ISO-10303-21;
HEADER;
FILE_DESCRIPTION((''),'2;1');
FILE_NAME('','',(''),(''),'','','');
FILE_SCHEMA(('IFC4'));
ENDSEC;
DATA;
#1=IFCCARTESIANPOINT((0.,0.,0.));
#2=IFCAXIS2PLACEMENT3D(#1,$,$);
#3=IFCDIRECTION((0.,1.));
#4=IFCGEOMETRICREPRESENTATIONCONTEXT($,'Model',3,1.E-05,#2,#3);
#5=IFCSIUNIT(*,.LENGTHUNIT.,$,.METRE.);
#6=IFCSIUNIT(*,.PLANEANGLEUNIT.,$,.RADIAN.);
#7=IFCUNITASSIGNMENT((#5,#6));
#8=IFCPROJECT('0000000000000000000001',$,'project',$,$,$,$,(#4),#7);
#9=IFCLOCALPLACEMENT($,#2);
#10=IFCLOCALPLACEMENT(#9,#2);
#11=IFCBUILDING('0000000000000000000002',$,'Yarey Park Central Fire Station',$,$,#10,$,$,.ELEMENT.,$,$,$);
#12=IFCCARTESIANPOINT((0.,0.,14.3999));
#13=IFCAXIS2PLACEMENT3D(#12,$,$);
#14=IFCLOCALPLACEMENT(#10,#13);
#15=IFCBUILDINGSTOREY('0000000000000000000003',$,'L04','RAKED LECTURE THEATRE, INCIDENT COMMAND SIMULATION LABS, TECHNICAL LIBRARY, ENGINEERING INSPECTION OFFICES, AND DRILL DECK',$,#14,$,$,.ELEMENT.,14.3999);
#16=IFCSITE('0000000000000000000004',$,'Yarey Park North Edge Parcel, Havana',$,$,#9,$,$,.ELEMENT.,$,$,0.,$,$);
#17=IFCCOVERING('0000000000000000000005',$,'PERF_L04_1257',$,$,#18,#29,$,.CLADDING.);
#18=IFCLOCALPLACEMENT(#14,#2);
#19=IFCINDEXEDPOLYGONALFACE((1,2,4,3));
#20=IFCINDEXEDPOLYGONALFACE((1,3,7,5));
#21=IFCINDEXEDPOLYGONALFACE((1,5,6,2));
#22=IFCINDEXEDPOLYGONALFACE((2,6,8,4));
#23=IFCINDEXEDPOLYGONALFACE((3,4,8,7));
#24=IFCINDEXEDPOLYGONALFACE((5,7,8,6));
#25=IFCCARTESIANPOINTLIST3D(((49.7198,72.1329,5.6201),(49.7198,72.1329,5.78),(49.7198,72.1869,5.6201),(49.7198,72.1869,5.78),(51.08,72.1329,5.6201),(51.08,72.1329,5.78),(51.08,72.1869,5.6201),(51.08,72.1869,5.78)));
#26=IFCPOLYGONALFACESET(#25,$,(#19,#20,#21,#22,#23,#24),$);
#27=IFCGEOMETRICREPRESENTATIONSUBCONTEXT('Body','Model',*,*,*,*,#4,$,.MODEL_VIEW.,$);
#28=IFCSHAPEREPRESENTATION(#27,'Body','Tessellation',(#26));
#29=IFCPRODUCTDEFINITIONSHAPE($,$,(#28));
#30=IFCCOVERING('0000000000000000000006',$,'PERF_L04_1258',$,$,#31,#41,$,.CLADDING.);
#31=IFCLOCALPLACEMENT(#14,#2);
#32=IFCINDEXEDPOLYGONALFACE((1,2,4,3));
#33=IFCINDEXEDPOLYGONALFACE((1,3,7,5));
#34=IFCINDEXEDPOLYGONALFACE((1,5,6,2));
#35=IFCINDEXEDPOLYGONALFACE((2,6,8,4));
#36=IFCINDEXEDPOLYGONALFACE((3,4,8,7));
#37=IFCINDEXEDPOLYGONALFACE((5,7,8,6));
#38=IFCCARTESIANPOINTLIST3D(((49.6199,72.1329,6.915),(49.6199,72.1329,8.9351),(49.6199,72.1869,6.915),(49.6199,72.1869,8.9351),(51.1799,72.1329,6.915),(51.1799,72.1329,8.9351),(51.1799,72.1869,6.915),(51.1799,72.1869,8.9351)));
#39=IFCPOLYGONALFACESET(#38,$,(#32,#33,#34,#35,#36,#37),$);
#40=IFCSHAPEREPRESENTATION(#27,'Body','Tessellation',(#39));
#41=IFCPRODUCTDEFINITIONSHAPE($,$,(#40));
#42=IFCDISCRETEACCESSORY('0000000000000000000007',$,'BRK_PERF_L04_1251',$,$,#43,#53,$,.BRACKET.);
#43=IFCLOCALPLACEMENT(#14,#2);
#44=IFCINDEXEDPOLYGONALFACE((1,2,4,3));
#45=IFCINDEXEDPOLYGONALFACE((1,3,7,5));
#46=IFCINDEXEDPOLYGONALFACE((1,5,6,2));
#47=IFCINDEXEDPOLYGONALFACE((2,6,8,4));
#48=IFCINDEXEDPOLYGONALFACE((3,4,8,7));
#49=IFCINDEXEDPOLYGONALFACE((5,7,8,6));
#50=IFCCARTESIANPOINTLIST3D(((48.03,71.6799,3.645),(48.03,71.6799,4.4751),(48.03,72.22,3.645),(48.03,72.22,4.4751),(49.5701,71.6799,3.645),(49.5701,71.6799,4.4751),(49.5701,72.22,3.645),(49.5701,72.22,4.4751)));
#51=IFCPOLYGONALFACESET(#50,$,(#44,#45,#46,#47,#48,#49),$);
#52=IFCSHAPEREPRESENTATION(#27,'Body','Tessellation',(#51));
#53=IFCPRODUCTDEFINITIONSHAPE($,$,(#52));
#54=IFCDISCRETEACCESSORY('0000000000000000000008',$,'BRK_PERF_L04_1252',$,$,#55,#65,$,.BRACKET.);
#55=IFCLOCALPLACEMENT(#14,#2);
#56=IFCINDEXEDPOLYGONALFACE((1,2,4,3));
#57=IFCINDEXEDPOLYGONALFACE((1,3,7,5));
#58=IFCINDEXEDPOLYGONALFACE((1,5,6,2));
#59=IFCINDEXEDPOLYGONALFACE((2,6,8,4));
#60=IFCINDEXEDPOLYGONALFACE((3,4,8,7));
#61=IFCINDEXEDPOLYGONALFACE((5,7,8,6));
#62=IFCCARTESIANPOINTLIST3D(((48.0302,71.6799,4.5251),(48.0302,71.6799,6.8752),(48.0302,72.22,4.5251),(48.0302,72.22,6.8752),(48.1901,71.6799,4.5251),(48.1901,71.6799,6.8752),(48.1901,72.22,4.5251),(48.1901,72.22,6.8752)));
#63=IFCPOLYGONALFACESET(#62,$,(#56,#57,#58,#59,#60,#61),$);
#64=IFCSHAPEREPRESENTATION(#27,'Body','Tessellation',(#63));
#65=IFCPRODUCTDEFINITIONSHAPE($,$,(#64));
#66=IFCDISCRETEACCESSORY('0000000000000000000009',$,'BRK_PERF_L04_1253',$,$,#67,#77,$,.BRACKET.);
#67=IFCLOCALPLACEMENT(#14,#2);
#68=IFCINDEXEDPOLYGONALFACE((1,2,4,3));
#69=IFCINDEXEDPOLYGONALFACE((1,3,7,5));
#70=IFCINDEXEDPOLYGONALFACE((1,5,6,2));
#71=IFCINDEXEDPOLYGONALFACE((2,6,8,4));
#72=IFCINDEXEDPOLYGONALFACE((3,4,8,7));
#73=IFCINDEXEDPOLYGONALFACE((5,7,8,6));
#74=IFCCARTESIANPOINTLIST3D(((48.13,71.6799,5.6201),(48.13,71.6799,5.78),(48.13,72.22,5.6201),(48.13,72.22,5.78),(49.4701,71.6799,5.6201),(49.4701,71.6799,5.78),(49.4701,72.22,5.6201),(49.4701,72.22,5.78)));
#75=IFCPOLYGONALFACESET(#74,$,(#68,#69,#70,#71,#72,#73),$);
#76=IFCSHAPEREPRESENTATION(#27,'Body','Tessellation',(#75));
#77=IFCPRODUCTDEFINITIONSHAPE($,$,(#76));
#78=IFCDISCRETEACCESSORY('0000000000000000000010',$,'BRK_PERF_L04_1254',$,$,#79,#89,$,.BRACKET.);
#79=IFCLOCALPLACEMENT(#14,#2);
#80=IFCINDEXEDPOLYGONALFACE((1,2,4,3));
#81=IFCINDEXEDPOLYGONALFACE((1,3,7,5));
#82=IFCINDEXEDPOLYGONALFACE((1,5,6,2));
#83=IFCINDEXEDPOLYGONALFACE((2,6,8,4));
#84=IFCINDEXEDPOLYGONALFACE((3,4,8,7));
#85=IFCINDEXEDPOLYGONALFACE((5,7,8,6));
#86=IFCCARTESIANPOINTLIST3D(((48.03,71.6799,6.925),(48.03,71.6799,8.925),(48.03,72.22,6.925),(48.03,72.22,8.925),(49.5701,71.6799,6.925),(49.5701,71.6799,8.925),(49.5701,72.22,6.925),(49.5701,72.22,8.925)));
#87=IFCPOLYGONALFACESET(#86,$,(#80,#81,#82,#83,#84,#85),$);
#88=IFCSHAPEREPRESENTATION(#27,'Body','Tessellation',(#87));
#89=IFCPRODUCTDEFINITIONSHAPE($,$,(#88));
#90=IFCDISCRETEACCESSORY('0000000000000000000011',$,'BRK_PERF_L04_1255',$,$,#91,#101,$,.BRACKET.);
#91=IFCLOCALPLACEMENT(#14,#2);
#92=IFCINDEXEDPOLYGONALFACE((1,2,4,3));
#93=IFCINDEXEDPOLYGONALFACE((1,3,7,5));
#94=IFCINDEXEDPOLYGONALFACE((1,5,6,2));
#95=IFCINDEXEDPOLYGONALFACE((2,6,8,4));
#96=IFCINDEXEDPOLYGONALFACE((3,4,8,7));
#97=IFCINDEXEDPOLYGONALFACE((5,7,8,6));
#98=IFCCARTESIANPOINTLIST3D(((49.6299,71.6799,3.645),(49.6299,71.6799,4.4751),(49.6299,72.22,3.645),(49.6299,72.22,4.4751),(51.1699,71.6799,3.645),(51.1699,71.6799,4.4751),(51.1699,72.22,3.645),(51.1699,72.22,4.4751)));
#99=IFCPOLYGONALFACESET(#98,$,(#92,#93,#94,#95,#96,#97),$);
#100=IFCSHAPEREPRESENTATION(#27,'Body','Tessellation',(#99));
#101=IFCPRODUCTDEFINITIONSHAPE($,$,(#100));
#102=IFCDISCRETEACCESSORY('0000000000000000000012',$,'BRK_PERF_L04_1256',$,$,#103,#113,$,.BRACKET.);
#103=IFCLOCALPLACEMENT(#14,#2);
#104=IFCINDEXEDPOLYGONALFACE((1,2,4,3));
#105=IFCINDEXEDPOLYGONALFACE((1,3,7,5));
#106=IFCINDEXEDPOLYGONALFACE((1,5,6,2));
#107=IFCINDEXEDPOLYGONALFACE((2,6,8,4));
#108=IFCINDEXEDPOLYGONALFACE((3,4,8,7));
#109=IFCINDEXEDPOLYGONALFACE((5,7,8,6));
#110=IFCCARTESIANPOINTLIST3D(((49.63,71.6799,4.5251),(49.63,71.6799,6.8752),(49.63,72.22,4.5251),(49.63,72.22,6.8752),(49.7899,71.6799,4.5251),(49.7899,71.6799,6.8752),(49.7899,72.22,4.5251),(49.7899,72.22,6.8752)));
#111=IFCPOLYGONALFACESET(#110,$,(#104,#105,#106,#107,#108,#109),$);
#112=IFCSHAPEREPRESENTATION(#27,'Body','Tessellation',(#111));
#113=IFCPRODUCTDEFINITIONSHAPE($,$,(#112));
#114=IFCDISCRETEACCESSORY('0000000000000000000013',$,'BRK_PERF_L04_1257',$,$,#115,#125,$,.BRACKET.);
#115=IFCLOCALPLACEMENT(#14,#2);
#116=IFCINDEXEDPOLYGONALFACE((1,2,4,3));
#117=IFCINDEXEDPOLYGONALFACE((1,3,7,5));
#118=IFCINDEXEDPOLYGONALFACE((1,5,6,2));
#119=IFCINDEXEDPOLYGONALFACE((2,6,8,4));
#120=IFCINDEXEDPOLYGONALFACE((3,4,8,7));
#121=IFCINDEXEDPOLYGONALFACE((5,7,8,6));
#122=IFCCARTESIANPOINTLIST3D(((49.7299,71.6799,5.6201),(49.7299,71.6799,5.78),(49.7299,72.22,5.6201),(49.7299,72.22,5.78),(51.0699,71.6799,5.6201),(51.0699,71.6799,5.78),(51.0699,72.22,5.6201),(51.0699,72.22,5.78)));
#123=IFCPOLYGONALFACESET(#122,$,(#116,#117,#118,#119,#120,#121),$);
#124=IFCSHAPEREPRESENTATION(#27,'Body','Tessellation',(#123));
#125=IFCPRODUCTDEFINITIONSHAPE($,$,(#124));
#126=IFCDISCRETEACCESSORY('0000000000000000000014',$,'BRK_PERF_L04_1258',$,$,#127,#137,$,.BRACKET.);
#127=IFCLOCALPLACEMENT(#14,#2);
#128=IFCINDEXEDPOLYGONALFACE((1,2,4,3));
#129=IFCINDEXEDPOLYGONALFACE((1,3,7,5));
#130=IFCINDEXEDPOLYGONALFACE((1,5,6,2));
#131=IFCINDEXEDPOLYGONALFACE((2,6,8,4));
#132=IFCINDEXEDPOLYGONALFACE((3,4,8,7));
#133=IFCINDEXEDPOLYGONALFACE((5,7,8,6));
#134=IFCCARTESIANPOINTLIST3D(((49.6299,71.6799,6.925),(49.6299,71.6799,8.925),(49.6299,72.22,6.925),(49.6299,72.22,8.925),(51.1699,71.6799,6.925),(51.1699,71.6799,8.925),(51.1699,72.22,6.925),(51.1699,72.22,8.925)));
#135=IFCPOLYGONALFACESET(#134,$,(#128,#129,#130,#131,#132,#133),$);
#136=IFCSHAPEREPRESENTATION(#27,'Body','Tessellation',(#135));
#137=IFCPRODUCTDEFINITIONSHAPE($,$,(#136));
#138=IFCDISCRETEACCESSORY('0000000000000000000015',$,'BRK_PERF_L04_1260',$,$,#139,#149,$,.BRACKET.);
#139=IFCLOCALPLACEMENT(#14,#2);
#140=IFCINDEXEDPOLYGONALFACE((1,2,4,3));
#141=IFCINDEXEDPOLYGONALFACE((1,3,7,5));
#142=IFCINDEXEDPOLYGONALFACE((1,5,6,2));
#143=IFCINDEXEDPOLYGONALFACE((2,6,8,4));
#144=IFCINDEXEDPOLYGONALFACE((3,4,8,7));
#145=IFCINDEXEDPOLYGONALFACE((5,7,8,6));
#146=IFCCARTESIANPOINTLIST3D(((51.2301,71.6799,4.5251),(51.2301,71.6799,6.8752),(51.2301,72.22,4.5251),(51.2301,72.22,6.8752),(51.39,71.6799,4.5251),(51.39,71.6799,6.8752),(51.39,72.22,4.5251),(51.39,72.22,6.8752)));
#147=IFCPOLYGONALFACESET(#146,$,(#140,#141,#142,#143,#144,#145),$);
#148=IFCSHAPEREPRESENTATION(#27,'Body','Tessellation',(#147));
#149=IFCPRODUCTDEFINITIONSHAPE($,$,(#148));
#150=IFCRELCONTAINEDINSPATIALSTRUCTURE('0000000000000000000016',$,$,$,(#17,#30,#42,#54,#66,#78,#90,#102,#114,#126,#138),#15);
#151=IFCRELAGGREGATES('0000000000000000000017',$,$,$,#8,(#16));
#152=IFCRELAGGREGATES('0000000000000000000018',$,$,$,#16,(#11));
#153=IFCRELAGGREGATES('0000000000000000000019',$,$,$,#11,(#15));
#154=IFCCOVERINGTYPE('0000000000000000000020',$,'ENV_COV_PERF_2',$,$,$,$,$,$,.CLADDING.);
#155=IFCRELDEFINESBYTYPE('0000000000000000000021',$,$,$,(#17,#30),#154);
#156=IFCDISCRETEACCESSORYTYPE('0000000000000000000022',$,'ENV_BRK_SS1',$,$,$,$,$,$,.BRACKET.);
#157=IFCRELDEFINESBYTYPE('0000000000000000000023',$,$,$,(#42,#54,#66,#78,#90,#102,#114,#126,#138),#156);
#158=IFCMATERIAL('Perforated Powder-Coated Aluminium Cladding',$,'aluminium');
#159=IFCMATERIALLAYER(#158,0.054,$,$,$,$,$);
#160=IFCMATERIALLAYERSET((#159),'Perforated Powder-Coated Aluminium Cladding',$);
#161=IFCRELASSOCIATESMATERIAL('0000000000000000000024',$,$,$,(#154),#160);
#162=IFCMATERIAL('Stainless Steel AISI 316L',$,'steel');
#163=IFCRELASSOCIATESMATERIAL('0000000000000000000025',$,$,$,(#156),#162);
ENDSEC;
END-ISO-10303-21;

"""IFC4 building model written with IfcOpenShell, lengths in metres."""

from ifc_helpers import new_model, si_unit, direction, frame, origin, origin_2d, place, context, subcontext, project, spatial, rectangle, extrude, material, layer, layer_set, type_object, element, save


model = new_model("IFC4")

# Units and contexts
model_context = context("Model", 3, precision=1e-05, world=origin(), true_north=direction((0.0, 1.0)))
body_context = subcontext(model_context, "Body", "Model", "MODEL_VIEW")
ifc_project = project(units=[si_unit("LENGTHUNIT", "METRE"), si_unit("PLANEANGLEUNIT", "RADIAN")], contexts=[model_context])

# Site, building, storey
site_placement = place(None, origin())
site = spatial("IfcSite", under=ifc_project, at=site_placement, Name="Yarey Park North Edge Parcel, Havana", CompositionType="ELEMENT", RefElevation=0.0)
building_placement = place(site_placement, origin())
building = spatial("IfcBuilding", under=site, at=building_placement, Name="Yarey Park Central Fire Station", CompositionType="ELEMENT")
storey_placement = place(building_placement, frame((0.0, 0.0, 14.3999)))
storey = spatial("IfcBuildingStorey", under=building, at=storey_placement, Name="L04", Description="RAKED LECTURE THEATRE, INCIDENT COMMAND SIMULATION LABS, TECHNICAL LIBRARY, ENGINEERING INSPECTION OFFICES, AND DRILL DECK", CompositionType="ELEMENT", Elevation=14.3999)

# Coverings
ifc_material_1 = material(Name="Perforated Powder-Coated Aluminium Cladding", Category="aluminium")
ifc_layer_1 = layer(ifc_material_1, 0.054)
ifc_layer_set_1 = layer_set([ifc_layer_1], Name="Perforated Powder-Coated Aluminium Cladding")
covering_type_1 = type_object("IfcCoveringType", Name="ENV_COV_PERF_2", PredefinedType="CLADDING", material=ifc_layer_set_1)
covering_1_placement = place(storey_placement, frame((50.3999, 72.1599, 5.6201), z_axis=(0.0, 0.0, 1.0), x_axis=(1.0, 0.0, 0.0)))
element("IfcCovering", 1, at=covering_1_placement, inside=storey, type_object=covering_type_1, Name="PERF_L04_1257", PredefinedType="CLADDING", context=body_context, shape_type="SweptSolid", body=[
    extrude(rectangle(XDim=1.3601, YDim=0.054, at=origin_2d()), origin(), (0.0, 0.0, 1.0), 0.1599),
])
covering_2_placement = place(storey_placement, frame((50.3999, 72.1599, 6.915), z_axis=(0.0, 0.0, 1.0), x_axis=(1.0, 0.0, 0.0)))
element("IfcCovering", 2, at=covering_2_placement, inside=storey, type_object=covering_type_1, Name="PERF_L04_1258", PredefinedType="CLADDING", context=body_context, shape_type="SweptSolid", body=[
    extrude(rectangle(XDim=1.5601, YDim=0.054, at=origin_2d()), origin(), (0.0, 0.0, 1.0), 2.02),
])

# Discrete accessories
ifc_material_2 = material(Name="Stainless Steel AISI 316L", Category="steel")
discrete_accessory_type = type_object("IfcDiscreteAccessoryType", Name="ENV_BRK_SS1", PredefinedType="BRACKET", material=ifc_material_2)
discrete_accessory_1_placement = place(storey_placement, frame((48.8, 71.95, 3.645), z_axis=(0.0, 0.0, 1.0), x_axis=(1.0, 0.0, 0.0)))
element("IfcDiscreteAccessory", 3, at=discrete_accessory_1_placement, inside=storey, type_object=discrete_accessory_type, Name="BRK_PERF_L04_1251", PredefinedType="BRACKET", context=body_context, shape_type="SweptSolid", body=[
    extrude(rectangle(XDim=1.54, YDim=0.54, at=origin_2d()), origin(), (0.0, 0.0, 1.0), 0.8301),
])
discrete_accessory_2_placement = place(storey_placement, frame((48.1101, 71.95, 4.5251), z_axis=(0.0, 0.0, 1.0), x_axis=(1.0, 0.0, 0.0)))
element("IfcDiscreteAccessory", 4, at=discrete_accessory_2_placement, inside=storey, type_object=discrete_accessory_type, Name="BRK_PERF_L04_1252", PredefinedType="BRACKET", context=body_context, shape_type="SweptSolid", body=[
    extrude(rectangle(XDim=0.1599, YDim=0.54, at=origin_2d()), origin(), (0.0, 0.0, 1.0), 2.3501),
])
discrete_accessory_3_placement = place(storey_placement, frame((48.8, 71.95, 5.6201), z_axis=(0.0, 0.0, 1.0), x_axis=(1.0, 0.0, 0.0)))
element("IfcDiscreteAccessory", 5, at=discrete_accessory_3_placement, inside=storey, type_object=discrete_accessory_type, Name="BRK_PERF_L04_1253", PredefinedType="BRACKET", context=body_context, shape_type="SweptSolid", body=[
    extrude(rectangle(XDim=1.3401, YDim=0.54, at=origin_2d()), origin(), (0.0, 0.0, 1.0), 0.1599),
])
discrete_accessory_4_placement = place(storey_placement, frame((48.8, 71.95, 6.925), z_axis=(0.0, 0.0, 1.0), x_axis=(1.0, 0.0, 0.0)))
element("IfcDiscreteAccessory", 6, at=discrete_accessory_4_placement, inside=storey, type_object=discrete_accessory_type, Name="BRK_PERF_L04_1254", PredefinedType="BRACKET", context=body_context, shape_type="SweptSolid", body=[
    extrude(rectangle(XDim=1.54, YDim=0.54, at=origin_2d()), origin(), (0.0, 0.0, 1.0), 2.0),
])
discrete_accessory_5_placement = place(storey_placement, frame((50.3999, 71.95, 3.645), z_axis=(0.0, 0.0, 1.0), x_axis=(1.0, 0.0, 0.0)))
element("IfcDiscreteAccessory", 7, at=discrete_accessory_5_placement, inside=storey, type_object=discrete_accessory_type, Name="BRK_PERF_L04_1255", PredefinedType="BRACKET", context=body_context, shape_type="SweptSolid", body=[
    extrude(rectangle(XDim=1.54, YDim=0.54, at=origin_2d()), origin(), (0.0, 0.0, 1.0), 0.8301),
])
discrete_accessory_6_placement = place(storey_placement, frame((49.71, 71.95, 4.5251), z_axis=(0.0, 0.0, 1.0), x_axis=(1.0, 0.0, 0.0)))
element("IfcDiscreteAccessory", 8, at=discrete_accessory_6_placement, inside=storey, type_object=discrete_accessory_type, Name="BRK_PERF_L04_1256", PredefinedType="BRACKET", context=body_context, shape_type="SweptSolid", body=[
    extrude(rectangle(XDim=0.1599, YDim=0.54, at=origin_2d()), origin(), (0.0, 0.0, 1.0), 2.3501),
])
discrete_accessory_7_placement = place(storey_placement, frame((50.3999, 71.95, 5.6201), z_axis=(0.0, 0.0, 1.0), x_axis=(1.0, 0.0, 0.0)))
element("IfcDiscreteAccessory", 9, at=discrete_accessory_7_placement, inside=storey, type_object=discrete_accessory_type, Name="BRK_PERF_L04_1257", PredefinedType="BRACKET", context=body_context, shape_type="SweptSolid", body=[
    extrude(rectangle(XDim=1.3401, YDim=0.54, at=origin_2d()), origin(), (0.0, 0.0, 1.0), 0.1599),
])
discrete_accessory_8_placement = place(storey_placement, frame((50.3999, 71.95, 6.925), z_axis=(0.0, 0.0, 1.0), x_axis=(1.0, 0.0, 0.0)))
element("IfcDiscreteAccessory", 10, at=discrete_accessory_8_placement, inside=storey, type_object=discrete_accessory_type, Name="BRK_PERF_L04_1258", PredefinedType="BRACKET", context=body_context, shape_type="SweptSolid", body=[
    extrude(rectangle(XDim=1.54, YDim=0.54, at=origin_2d()), origin(), (0.0, 0.0, 1.0), 2.0),
])
discrete_accessory_9_placement = place(storey_placement, frame((51.3101, 71.95, 4.5251), z_axis=(0.0, 0.0, 1.0), x_axis=(1.0, 0.0, 0.0)))
element("IfcDiscreteAccessory", 11, at=discrete_accessory_9_placement, inside=storey, type_object=discrete_accessory_type, Name="BRK_PERF_L04_1260", PredefinedType="BRACKET", context=body_context, shape_type="SweptSolid", body=[
    extrude(rectangle(XDim=0.1599, YDim=0.54, at=origin_2d()), origin(), (0.0, 0.0, 1.0), 2.3501),
])

save(model, "model.ifc")
